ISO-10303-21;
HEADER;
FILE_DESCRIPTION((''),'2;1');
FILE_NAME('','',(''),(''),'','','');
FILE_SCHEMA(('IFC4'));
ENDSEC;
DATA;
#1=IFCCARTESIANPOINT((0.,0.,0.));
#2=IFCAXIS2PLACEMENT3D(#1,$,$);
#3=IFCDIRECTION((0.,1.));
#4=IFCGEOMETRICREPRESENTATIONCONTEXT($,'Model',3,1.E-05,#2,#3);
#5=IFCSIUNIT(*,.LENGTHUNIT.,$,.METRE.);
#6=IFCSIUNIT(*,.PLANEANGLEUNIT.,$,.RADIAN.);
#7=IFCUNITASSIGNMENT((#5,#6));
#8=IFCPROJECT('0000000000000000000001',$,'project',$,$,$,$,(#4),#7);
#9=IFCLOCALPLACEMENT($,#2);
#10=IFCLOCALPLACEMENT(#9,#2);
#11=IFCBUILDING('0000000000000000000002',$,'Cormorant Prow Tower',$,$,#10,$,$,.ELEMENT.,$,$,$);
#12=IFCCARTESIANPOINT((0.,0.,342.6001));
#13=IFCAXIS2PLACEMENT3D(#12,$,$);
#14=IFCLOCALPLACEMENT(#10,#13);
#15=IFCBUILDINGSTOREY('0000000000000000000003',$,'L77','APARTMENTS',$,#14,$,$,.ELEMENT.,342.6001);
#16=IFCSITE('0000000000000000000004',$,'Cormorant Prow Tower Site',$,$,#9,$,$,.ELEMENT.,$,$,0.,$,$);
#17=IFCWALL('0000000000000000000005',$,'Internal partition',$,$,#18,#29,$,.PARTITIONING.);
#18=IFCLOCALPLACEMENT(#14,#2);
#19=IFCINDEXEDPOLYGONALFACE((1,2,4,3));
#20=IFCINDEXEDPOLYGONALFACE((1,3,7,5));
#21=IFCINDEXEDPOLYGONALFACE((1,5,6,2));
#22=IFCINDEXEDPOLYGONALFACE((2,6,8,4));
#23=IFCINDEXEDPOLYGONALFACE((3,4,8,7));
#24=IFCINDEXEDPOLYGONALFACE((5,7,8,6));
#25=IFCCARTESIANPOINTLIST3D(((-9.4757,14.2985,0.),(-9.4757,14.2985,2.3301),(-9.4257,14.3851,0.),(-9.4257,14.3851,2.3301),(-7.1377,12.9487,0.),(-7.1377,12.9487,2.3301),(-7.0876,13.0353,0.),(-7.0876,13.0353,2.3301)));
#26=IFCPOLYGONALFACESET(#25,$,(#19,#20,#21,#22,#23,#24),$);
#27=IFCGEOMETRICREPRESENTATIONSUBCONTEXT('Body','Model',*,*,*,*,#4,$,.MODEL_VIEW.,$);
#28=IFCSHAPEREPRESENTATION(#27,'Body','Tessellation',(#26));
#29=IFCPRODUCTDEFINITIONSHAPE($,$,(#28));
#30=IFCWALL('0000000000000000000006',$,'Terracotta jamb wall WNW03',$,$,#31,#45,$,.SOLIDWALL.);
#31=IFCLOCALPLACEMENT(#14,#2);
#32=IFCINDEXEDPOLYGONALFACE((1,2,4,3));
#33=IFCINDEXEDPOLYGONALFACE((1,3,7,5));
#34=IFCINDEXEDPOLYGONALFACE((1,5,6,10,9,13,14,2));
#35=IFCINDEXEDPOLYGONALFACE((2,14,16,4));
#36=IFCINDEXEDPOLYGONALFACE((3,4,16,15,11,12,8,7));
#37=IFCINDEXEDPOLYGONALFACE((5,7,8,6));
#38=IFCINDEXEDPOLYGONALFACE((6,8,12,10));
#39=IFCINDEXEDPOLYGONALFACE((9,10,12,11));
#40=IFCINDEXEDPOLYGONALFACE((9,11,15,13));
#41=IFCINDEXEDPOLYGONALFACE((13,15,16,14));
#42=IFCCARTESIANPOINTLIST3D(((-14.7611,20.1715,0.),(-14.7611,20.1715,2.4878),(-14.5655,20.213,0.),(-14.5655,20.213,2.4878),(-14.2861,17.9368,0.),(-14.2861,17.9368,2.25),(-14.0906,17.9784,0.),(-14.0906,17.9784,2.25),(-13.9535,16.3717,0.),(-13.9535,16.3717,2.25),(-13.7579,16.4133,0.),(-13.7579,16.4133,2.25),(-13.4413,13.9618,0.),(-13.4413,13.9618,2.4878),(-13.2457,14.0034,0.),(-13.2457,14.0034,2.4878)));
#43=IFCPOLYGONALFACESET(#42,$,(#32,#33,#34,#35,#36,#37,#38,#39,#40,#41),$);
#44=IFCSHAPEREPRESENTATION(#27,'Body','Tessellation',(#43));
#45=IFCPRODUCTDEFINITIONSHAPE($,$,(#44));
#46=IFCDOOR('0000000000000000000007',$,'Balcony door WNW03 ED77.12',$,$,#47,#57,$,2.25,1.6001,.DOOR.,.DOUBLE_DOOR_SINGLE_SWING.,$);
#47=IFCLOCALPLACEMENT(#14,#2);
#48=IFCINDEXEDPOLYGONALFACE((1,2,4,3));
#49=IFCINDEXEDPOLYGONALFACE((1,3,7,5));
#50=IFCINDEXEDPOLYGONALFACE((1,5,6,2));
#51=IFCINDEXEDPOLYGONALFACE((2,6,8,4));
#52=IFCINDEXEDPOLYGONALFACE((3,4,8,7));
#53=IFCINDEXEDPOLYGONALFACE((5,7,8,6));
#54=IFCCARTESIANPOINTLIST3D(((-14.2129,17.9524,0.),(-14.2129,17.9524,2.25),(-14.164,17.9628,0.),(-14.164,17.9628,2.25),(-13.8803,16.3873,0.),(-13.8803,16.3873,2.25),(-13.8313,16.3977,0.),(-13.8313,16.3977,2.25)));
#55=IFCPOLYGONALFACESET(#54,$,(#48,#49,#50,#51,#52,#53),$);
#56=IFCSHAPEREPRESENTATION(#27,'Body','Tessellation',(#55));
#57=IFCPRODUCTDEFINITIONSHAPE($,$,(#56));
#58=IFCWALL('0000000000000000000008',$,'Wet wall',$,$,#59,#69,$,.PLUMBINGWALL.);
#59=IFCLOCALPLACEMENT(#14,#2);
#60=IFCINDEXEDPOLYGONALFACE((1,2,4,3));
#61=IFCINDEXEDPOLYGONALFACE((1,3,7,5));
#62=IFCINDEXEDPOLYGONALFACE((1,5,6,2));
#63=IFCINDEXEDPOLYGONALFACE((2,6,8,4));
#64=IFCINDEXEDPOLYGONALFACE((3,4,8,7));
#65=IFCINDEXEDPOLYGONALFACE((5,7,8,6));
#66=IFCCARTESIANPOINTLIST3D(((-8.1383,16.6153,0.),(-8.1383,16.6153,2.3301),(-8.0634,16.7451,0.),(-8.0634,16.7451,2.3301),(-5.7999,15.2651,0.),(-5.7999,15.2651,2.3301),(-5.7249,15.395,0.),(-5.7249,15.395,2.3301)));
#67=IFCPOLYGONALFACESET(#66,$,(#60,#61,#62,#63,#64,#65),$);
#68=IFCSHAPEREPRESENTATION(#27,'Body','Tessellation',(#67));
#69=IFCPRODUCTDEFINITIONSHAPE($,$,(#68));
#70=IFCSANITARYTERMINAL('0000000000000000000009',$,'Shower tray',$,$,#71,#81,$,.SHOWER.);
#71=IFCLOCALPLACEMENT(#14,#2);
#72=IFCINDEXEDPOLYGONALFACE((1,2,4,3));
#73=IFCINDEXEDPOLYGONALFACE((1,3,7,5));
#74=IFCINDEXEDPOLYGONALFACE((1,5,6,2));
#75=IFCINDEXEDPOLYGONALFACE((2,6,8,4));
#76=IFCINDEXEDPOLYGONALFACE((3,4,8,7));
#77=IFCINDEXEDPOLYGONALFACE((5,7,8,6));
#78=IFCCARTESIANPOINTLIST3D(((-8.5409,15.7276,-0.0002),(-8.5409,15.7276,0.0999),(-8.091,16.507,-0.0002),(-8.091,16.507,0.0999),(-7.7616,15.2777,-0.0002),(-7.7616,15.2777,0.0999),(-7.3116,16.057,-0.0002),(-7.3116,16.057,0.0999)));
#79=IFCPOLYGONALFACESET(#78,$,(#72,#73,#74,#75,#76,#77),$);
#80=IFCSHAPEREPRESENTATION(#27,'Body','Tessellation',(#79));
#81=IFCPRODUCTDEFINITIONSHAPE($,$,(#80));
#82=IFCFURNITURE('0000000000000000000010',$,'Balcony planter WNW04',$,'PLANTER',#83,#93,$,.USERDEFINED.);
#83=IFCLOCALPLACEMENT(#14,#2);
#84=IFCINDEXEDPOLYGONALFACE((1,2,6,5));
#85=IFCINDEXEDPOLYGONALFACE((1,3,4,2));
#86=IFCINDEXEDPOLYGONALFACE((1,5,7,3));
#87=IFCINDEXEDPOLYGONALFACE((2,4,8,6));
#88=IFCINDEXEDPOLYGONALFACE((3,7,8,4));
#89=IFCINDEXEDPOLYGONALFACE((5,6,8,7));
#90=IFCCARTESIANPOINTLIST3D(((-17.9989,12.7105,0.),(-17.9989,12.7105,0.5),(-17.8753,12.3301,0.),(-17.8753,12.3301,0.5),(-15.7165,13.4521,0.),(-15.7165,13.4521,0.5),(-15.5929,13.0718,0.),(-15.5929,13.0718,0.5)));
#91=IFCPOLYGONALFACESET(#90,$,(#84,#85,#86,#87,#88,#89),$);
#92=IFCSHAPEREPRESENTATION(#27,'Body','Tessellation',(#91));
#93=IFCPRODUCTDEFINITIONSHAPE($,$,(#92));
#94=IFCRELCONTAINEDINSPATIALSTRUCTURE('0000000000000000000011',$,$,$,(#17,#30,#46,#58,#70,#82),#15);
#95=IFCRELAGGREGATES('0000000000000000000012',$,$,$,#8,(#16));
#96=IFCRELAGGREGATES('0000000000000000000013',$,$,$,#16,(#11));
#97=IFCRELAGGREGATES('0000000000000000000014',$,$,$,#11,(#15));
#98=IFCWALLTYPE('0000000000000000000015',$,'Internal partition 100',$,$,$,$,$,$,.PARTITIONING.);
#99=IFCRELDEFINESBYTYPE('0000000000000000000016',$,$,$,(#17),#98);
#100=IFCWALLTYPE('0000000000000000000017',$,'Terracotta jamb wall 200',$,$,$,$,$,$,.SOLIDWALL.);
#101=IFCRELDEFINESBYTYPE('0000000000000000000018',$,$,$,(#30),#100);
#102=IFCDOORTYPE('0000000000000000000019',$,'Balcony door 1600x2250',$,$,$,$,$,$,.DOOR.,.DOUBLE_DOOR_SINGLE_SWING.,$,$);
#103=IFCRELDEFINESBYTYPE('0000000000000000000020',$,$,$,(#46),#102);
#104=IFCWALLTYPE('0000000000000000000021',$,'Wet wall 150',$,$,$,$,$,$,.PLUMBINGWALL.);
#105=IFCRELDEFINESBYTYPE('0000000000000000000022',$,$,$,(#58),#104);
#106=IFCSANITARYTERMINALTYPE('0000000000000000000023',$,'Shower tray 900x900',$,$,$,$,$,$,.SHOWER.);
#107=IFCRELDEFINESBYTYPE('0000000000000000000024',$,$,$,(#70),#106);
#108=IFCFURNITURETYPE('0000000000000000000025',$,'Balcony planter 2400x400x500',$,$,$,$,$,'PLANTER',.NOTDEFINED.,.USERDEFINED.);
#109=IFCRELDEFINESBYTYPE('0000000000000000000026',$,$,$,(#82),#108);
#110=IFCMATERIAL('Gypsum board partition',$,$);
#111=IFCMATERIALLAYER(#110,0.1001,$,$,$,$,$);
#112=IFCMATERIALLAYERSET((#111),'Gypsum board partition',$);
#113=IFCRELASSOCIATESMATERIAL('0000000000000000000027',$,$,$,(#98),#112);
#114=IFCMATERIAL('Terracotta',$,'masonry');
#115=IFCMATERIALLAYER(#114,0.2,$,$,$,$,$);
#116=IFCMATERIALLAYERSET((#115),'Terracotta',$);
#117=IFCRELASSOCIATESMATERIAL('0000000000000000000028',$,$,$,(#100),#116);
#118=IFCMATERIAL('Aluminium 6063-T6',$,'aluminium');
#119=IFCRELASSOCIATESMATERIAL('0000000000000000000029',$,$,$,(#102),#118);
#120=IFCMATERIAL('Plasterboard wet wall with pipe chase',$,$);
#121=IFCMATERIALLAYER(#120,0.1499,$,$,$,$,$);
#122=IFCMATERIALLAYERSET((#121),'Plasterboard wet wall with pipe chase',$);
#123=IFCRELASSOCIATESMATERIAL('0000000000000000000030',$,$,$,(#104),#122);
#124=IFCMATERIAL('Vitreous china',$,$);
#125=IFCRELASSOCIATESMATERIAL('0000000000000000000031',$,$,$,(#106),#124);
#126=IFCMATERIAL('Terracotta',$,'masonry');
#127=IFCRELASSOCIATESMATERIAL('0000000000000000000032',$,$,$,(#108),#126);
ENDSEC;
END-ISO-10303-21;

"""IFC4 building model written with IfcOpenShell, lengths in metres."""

from ifc_helpers import new_model, si_unit, direction, frame, frame_2d, origin, origin_2d, place, context, subcontext, project, spatial, rectangle, extrude, material, layer, layer_set, type_object, element, fill, save


model = new_model("IFC4")

# Units and contexts
model_context = context("Model", 3, precision=1e-05, world=origin(), true_north=direction((0.0, 1.0)))
body_context = subcontext(model_context, "Body", "Model", "MODEL_VIEW")
ifc_project = project(units=[si_unit("LENGTHUNIT", "METRE"), si_unit("PLANEANGLEUNIT", "RADIAN")], contexts=[model_context])

# Site, building, storey
site_placement = place(None, origin())
site = spatial("IfcSite", under=ifc_project, at=site_placement, Name="Cormorant Prow Tower Site", CompositionType="ELEMENT", RefElevation=0.0)
building_placement = place(site_placement, origin())
building = spatial("IfcBuilding", under=site, at=building_placement, Name="Cormorant Prow Tower", CompositionType="ELEMENT")
storey_placement = place(building_placement, frame((0.0, 0.0, 342.6001)))
storey = spatial("IfcBuildingStorey", under=building, at=storey_placement, Name="L77", Description="APARTMENTS", CompositionType="ELEMENT", Elevation=342.6001)

# Shared definitions
ifc_material_1 = material(Name="Gypsum board partition")
ifc_layer_1 = layer(ifc_material_1, 0.1001)
ifc_layer_set_1 = layer_set([ifc_layer_1], Name="Gypsum board partition")
wall_type_1 = type_object("IfcWallType", Name="Internal partition 100", PredefinedType="PARTITIONING", material=ifc_layer_set_1)

# Wall
wall_1_placement = place(storey_placement, frame((-9.4507, 14.3418, 0.0), z_axis=(0.0, 0.0, 1.0), x_axis=(0.866037, -0.499981, 0.0)))
element("IfcWall", 1, at=wall_1_placement, inside=storey, type_object=wall_type_1, Name="Internal partition", PredefinedType="PARTITIONING", context=body_context, shape_type="SweptSolid", body=[
    extrude(rectangle(XDim=2.6997, YDim=0.1001, at=frame_2d((1.3499, 0.0))), origin(), (0.0, 0.0, 1.0), 2.3301),
])

# Wall, opening, door
ifc_material_2 = material(Name="Terracotta", Category="masonry")
ifc_layer_2 = layer(ifc_material_2, 0.2)
ifc_layer_set_2 = layer_set([ifc_layer_2], Name="Terracotta")
wall_type_2 = type_object("IfcWallType", Name="Terracotta jamb wall 200", PredefinedType="SOLIDWALL", material=ifc_layer_set_2)
wall_2_placement = place(storey_placement, frame((-14.6633, 20.1924, 0.0), z_axis=(0.0, 0.0, 1.0), x_axis=(0.207898, -0.978151, 0.0)))
wall_2 = element("IfcWall", 2, at=wall_2_placement, inside=storey, type_object=wall_type_2, Name="Terracotta jamb wall WNW03", PredefinedType="SOLIDWALL", context=body_context, shape_type="SweptSolid", body=[
    extrude(rectangle(XDim=6.3484, YDim=0.2, at=frame_2d((3.1743, 0.0))), origin(), (0.0, 0.0, 1.0), 2.4878),
])
opening_1_placement = place(wall_2_placement, frame((2.2847, 0.0, 0.0)))
opening_1 = element("IfcOpeningElement", 3, at=opening_1_placement, cuts=wall_2, PredefinedType="OPENING", context=body_context, shape_type="SweptSolid", body=[
    extrude(rectangle(XDim=1.6001, YDim=2.25, at=frame_2d((0.8, 1.125))), frame((0.0, 0.1099, 0.0), z_axis=(0.0, -1.0, 0.0), x_axis=(1.0, 0.0, 0.0)), (0.0, 0.0, 1.0), 0.22),
])
ifc_material_3 = material(Name="Aluminium 6063-T6", Category="aluminium")
door_type_1 = type_object("IfcDoorType", Name="Balcony door 1600x2250", OperationType="DOUBLE_DOOR_SINGLE_SWING", PredefinedType="DOOR", material=ifc_material_3)
door_1_placement = place(opening_1_placement, origin())
door_1 = element("IfcDoor", 4, at=door_1_placement, inside=storey, type_object=door_type_1, Name="Balcony door WNW03 ED77.12", OperationType="DOUBLE_DOOR_SINGLE_SWING", OverallHeight=2.25, OverallWidth=1.6001, PredefinedType="DOOR", context=body_context, shape_type="SweptSolid", body=[
    extrude(rectangle(XDim=1.6001, YDim=2.25, at=frame_2d((0.8, 1.125))), frame((0.0, 0.0249, 0.0), z_axis=(0.0, -1.0, 0.0), x_axis=(1.0, 0.0, 0.0)), (0.0, 0.0, 1.0), 0.05),
])
fill(opening_1, door_1)

# Wall
ifc_material_4 = material(Name="Plasterboard wet wall with pipe chase")
ifc_layer_3 = layer(ifc_material_4, 0.1499)
ifc_layer_set_3 = layer_set([ifc_layer_3], Name="Plasterboard wet wall with pipe chase")
wall_type_3 = type_object("IfcWallType", Name="Wet wall 150", PredefinedType="PLUMBINGWALL", material=ifc_layer_set_3)
wall_3_placement = place(storey_placement, frame((-8.1008, 16.6802, 0.0), z_axis=(0.0, 0.0, 1.0), x_axis=(0.86602, -0.500009, 0.0)))
element("IfcWall", 5, at=wall_3_placement, inside=storey, type_object=wall_type_3, Name="Wet wall", PredefinedType="PLUMBINGWALL", context=body_context, shape_type="SweptSolid", body=[
    extrude(rectangle(XDim=2.7002, YDim=0.1499, at=frame_2d((1.3501, 0.0))), origin(), (0.0, 0.0, 1.0), 2.3301),
])

# Sanitary terminal
ifc_material_5 = material(Name="Vitreous china")
sanitary_terminal_type = type_object("IfcSanitaryTerminalType", Name="Shower tray 900x900", PredefinedType="SHOWER", material=ifc_material_5)
sanitary_terminal_placement = place(storey_placement, frame((-7.9263, 15.8923, -0.0002), z_axis=(0.0, 0.0, 1.0), x_axis=(0.866025, -0.5, 0.0)))
element("IfcSanitaryTerminal", 6, at=sanitary_terminal_placement, inside=storey, type_object=sanitary_terminal_type, Name="Shower tray", PredefinedType="SHOWER", context=body_context, shape_type="SweptSolid", body=[
    extrude(rectangle(XDim=0.8999, YDim=0.8999, at=origin_2d()), origin(), (0.0, 0.0, 1.0), 0.1001),
])

# Furniture
ifc_material_6 = material(Name="Terracotta", Category="masonry")
furniture_type = type_object("IfcFurnitureType", Name="Balcony planter 2400x400x500", ElementType="PLANTER", AssemblyPlace="NOTDEFINED", PredefinedType="USERDEFINED", material=ifc_material_6)
furniture_placement = place(storey_placement, frame((-16.7959, 12.8911, 0.0), z_axis=(0.0, 0.0, 1.0), x_axis=(-0.951057, -0.309017, 0.0)))
element("IfcFurniture", 7, at=furniture_placement, inside=storey, type_object=furniture_type, Name="Balcony planter WNW04", ObjectType="PLANTER", PredefinedType="USERDEFINED", context=body_context, shape_type="SweptSolid", body=[
    extrude(rectangle(XDim=2.3999, YDim=0.3999, at=origin_2d()), origin(), (0.0, 0.0, 1.0), 0.5),
])

save(model, "model.ifc")
